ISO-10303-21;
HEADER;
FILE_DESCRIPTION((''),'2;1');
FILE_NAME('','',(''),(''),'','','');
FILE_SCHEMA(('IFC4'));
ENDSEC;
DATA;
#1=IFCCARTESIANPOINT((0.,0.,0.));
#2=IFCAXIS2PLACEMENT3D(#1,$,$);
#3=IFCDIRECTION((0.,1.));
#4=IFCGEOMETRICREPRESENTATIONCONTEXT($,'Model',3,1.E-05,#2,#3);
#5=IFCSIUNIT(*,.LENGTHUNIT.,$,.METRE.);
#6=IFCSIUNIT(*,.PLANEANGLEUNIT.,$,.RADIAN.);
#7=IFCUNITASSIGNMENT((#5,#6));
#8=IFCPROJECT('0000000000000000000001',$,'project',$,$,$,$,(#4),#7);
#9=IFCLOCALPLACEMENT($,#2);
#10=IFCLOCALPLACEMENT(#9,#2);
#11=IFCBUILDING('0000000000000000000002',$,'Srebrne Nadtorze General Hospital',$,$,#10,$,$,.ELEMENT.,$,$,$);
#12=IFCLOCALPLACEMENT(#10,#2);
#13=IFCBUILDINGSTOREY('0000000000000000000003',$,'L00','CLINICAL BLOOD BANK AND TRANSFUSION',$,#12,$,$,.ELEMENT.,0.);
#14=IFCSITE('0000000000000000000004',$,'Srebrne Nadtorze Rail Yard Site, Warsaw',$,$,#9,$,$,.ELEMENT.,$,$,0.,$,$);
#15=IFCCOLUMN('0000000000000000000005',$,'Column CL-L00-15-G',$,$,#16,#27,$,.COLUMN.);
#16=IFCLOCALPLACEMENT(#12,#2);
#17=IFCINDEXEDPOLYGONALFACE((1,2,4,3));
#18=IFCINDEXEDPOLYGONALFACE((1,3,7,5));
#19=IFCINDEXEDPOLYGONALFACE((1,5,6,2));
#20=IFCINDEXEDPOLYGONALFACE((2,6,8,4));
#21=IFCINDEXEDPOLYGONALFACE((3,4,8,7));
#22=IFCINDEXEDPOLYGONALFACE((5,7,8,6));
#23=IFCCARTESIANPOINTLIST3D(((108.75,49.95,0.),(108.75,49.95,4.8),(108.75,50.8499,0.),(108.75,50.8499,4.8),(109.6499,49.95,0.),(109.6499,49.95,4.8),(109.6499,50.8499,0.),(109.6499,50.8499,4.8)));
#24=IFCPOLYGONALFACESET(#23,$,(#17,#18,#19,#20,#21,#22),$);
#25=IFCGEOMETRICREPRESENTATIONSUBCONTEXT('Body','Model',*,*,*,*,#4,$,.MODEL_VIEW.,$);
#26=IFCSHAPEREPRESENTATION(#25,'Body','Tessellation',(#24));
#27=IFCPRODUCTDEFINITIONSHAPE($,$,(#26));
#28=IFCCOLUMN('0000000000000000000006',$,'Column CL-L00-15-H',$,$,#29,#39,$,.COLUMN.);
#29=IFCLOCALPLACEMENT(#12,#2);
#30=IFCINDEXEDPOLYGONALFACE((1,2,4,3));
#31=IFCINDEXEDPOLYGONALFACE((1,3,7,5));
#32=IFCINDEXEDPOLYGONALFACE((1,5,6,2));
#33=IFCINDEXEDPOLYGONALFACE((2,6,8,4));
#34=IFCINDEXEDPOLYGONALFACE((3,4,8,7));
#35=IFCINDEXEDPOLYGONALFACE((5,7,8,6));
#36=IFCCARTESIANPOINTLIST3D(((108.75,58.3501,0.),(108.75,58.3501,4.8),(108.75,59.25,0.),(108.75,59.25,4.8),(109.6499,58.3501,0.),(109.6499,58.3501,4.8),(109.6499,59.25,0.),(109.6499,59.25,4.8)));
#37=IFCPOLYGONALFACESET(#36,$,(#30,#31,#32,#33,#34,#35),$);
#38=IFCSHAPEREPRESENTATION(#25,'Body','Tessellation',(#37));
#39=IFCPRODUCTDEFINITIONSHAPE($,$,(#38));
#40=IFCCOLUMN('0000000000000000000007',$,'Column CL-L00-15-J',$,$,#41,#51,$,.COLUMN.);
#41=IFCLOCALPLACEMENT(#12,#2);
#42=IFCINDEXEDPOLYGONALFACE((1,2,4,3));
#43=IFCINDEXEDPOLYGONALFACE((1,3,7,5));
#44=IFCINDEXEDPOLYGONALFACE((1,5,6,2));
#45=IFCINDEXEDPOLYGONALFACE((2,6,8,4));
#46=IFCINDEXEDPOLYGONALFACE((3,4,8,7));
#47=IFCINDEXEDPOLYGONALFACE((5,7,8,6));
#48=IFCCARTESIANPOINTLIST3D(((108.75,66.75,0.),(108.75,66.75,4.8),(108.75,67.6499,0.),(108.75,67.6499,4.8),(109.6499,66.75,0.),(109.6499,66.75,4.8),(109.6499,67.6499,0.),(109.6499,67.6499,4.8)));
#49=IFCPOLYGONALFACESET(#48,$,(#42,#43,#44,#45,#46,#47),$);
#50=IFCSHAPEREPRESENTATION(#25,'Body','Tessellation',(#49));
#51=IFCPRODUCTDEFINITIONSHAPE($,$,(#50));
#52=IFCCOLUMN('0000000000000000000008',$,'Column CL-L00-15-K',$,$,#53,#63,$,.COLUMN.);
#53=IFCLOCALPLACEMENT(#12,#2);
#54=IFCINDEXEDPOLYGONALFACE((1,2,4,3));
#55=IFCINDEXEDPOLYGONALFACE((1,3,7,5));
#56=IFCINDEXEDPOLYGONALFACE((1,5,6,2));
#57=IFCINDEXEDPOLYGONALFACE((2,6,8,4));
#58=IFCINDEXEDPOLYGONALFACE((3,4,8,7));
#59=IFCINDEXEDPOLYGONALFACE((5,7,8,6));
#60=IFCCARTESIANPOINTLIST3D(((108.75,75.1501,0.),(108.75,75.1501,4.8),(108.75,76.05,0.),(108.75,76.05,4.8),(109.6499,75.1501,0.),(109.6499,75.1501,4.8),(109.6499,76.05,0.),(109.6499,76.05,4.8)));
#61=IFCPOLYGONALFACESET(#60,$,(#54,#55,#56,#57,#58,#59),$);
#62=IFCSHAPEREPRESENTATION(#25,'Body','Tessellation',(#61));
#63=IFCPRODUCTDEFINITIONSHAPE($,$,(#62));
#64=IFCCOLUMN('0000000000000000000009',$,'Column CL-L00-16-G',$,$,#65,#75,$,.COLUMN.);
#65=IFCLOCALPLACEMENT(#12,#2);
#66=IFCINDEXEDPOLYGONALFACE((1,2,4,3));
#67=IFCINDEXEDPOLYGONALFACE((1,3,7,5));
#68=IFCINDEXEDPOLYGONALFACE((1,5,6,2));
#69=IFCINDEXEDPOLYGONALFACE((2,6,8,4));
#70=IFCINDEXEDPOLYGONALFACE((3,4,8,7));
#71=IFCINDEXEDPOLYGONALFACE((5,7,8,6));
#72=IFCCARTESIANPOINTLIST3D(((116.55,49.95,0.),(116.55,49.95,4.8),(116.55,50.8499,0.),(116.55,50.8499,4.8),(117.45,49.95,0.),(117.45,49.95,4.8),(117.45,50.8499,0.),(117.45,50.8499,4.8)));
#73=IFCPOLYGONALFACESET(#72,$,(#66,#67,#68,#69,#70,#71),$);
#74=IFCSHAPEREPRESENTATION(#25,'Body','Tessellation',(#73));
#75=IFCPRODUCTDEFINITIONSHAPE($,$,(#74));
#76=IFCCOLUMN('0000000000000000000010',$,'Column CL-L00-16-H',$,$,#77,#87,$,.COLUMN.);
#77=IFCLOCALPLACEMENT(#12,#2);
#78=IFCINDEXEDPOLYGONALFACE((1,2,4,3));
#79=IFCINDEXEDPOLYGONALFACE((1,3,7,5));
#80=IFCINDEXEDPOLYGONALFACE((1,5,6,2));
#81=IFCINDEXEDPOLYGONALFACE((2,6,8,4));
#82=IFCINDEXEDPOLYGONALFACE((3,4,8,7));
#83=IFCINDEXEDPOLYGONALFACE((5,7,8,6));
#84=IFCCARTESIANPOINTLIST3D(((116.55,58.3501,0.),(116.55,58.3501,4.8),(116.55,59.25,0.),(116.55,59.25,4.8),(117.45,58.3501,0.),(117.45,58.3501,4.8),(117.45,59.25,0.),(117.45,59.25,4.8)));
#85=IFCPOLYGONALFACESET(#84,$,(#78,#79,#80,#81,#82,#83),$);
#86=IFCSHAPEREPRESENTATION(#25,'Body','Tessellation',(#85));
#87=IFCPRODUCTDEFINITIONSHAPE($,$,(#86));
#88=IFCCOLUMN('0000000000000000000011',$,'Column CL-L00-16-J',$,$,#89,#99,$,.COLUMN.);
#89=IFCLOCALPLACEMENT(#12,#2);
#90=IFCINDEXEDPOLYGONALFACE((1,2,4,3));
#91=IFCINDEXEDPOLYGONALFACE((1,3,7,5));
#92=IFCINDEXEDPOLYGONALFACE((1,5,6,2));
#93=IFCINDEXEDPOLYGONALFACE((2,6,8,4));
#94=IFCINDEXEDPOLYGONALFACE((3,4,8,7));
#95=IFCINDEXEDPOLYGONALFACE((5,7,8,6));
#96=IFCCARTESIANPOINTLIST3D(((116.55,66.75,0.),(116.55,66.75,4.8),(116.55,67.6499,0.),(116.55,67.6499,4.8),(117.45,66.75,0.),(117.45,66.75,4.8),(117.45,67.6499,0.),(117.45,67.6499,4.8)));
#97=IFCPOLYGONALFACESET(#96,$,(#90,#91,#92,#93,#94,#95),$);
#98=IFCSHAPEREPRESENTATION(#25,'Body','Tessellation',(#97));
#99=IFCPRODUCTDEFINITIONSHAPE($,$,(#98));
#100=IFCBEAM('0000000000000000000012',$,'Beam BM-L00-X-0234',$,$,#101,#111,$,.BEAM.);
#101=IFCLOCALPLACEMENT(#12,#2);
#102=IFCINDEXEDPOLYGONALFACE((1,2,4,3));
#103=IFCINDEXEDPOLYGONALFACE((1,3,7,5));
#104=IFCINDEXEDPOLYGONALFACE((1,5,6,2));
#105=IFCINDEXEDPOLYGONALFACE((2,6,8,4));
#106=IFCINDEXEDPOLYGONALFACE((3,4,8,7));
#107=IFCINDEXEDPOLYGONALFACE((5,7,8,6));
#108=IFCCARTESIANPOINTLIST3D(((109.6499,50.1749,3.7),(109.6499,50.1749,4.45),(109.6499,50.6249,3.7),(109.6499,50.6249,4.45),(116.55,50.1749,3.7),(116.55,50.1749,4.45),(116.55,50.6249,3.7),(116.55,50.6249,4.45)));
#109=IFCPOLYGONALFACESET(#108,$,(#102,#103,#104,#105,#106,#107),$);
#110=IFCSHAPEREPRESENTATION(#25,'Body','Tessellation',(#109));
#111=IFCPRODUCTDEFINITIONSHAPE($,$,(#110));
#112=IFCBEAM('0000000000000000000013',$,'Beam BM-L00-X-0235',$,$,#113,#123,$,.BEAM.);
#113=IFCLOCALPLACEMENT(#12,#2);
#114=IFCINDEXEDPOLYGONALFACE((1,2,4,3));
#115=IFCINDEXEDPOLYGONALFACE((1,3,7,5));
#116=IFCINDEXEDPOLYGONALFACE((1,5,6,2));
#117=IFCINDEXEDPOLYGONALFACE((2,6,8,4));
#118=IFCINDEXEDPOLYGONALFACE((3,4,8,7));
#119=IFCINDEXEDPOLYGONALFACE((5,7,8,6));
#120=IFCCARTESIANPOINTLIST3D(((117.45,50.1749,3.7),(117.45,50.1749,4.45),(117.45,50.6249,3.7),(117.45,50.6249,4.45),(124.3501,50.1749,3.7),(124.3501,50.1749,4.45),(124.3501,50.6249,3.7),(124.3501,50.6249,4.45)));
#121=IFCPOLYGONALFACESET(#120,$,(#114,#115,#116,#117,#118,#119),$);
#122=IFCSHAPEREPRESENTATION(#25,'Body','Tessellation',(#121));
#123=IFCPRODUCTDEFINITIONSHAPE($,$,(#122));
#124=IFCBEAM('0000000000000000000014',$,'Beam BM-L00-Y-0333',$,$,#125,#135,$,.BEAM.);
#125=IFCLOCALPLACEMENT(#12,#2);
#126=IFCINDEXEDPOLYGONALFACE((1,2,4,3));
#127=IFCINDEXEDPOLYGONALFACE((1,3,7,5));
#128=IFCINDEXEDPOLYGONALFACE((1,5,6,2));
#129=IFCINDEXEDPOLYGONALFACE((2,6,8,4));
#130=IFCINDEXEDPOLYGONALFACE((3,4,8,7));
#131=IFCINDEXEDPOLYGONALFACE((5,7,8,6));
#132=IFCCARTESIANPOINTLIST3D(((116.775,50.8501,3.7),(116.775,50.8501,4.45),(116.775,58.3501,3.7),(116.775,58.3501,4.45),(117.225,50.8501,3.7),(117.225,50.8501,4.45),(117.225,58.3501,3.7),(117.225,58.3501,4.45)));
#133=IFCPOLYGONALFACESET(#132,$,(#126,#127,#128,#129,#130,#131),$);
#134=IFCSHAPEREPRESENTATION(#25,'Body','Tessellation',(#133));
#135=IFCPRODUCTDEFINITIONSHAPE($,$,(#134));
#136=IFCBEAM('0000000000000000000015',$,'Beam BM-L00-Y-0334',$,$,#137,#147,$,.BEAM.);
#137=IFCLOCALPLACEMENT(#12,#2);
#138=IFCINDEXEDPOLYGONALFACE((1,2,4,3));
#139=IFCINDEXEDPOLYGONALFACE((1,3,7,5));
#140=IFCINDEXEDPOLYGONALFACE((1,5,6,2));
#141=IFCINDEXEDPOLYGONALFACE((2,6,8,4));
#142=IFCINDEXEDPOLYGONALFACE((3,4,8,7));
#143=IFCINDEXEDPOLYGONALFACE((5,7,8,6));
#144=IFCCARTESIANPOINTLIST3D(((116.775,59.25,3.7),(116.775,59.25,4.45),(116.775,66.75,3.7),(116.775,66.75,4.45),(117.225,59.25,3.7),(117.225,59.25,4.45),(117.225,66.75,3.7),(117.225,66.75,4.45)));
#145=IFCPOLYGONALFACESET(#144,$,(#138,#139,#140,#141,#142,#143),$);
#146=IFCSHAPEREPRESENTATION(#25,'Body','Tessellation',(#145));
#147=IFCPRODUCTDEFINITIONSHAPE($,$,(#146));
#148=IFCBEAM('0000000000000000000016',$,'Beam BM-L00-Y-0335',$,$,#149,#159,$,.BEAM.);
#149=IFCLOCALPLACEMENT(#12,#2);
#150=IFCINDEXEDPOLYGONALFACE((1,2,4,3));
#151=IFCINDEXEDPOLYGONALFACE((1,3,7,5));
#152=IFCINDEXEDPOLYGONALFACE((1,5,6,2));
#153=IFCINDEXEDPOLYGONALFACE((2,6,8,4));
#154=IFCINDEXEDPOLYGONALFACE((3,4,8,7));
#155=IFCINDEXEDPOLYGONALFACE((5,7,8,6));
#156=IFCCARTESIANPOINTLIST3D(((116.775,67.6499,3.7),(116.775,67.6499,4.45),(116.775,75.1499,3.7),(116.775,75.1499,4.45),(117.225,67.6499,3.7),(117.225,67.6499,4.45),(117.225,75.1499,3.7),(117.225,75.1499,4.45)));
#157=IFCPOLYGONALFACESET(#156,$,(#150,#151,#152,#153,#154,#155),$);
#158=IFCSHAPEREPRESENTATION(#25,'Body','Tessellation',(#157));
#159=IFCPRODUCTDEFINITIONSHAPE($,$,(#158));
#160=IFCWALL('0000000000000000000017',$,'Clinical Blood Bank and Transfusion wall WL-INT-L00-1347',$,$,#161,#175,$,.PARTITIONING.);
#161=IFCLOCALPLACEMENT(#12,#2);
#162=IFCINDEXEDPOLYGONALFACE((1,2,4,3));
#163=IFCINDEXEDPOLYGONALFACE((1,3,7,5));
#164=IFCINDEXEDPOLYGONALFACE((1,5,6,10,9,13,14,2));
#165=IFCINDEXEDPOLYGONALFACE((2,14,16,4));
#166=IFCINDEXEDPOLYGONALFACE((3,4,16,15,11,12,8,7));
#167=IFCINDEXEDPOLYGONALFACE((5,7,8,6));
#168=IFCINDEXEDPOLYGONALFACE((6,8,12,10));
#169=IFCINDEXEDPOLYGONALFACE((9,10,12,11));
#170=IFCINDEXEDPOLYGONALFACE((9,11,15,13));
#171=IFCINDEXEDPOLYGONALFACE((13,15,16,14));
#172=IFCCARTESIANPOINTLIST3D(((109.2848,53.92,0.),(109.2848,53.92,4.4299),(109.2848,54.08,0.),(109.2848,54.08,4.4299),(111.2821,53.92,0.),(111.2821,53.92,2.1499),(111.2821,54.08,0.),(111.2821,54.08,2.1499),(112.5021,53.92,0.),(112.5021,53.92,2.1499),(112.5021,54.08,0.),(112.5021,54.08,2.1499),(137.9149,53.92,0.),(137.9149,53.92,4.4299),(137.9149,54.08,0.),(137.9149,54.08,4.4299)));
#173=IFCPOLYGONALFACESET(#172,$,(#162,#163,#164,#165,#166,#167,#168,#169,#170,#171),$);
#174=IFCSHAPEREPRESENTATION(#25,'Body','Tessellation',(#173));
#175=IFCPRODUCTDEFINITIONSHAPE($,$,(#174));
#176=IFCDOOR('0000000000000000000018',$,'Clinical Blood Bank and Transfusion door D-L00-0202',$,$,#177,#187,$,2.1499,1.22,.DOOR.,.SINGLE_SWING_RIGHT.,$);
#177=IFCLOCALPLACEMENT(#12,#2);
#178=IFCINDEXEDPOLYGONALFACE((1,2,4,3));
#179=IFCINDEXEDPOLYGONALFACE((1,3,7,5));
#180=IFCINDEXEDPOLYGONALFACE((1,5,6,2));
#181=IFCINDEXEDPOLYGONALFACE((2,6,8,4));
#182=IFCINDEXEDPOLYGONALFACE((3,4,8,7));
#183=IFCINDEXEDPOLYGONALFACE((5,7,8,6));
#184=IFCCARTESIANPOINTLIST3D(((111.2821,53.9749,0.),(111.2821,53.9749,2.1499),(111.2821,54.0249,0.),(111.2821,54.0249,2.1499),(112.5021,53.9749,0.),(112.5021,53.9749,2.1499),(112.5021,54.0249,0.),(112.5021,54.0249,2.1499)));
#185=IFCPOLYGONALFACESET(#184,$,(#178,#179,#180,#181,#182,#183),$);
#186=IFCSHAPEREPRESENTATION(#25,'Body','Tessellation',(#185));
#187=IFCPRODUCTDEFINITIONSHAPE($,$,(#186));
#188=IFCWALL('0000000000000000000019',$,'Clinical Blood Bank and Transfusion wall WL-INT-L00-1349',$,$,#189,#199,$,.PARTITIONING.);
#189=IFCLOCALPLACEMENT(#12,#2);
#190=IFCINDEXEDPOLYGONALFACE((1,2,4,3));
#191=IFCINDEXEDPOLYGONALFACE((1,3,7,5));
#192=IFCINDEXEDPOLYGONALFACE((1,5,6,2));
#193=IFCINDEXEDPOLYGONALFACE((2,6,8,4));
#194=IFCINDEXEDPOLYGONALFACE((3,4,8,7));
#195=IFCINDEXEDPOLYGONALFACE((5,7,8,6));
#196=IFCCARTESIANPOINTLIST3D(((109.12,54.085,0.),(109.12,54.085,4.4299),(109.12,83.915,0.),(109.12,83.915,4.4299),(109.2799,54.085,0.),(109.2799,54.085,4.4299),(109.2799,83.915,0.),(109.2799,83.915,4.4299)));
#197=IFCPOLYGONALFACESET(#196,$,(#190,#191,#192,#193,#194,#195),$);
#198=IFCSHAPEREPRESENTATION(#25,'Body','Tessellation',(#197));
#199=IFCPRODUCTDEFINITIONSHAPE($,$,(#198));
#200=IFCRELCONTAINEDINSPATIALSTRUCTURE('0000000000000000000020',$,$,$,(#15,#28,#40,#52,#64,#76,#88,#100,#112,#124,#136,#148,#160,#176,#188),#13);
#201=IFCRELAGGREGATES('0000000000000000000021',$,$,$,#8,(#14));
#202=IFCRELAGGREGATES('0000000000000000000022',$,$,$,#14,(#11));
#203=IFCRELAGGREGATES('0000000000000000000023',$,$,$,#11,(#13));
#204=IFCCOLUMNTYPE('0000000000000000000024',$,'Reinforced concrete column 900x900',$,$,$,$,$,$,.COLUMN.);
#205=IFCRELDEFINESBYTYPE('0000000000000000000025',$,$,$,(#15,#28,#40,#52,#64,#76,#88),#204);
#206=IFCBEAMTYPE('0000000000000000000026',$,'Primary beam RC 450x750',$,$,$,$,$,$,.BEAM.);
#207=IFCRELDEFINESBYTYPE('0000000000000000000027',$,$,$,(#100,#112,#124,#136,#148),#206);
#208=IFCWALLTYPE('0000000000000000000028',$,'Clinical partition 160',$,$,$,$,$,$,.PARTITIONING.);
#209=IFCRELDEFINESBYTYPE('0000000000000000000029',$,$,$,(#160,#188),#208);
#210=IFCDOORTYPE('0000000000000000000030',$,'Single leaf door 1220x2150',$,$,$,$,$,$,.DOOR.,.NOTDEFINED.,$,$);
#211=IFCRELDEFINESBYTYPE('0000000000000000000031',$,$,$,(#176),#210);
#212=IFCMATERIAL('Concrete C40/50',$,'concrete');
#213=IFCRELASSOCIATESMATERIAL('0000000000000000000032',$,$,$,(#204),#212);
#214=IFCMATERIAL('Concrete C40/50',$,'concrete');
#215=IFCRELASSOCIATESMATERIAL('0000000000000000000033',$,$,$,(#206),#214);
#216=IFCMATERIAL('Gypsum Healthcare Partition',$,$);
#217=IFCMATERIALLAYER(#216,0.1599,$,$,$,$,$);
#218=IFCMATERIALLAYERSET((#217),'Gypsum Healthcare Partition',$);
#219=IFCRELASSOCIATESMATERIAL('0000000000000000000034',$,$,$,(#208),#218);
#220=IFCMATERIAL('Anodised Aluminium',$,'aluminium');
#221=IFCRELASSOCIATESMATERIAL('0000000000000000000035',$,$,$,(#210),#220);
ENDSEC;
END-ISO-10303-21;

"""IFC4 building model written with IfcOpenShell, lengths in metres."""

from ifc_helpers import new_model, si_unit, direction, frame, frame_2d, origin, origin_2d, place, context, subcontext, project, spatial, rectangle, extrude, material, layer, layer_set, material_profile, profile_set, type_object, element, fill, save


model = new_model("IFC4")

# Units and contexts
model_context = context("Model", 3, precision=1e-05, world=origin(), true_north=direction((0.0, 1.0)))
body_context = subcontext(model_context, "Body", "Model", "MODEL_VIEW")
ifc_project = project(units=[si_unit("LENGTHUNIT", "METRE"), si_unit("PLANEANGLEUNIT", "RADIAN")], contexts=[model_context])

# Site, building, storey
site_placement = place(None, origin())
site = spatial("IfcSite", under=ifc_project, at=site_placement, Name="Srebrne Nadtorze Rail Yard Site, Warsaw", CompositionType="ELEMENT", RefElevation=0.0)
building_placement = place(site_placement, origin())
building = spatial("IfcBuilding", under=site, at=building_placement, Name="Srebrne Nadtorze General Hospital", CompositionType="ELEMENT")
storey_placement = place(building_placement, origin())
storey = spatial("IfcBuildingStorey", under=building, at=storey_placement, Name="L00", Description="CLINICAL BLOOD BANK AND TRANSFUSION", CompositionType="ELEMENT", Elevation=0.0)

# Columns
ifc_material_1 = material(Name="Concrete C40/50", Category="concrete")
ifc_material_profile_1 = material_profile(ifc_material_1, rectangle(XDim=0.8999, YDim=0.8999, at=origin_2d()), Name="RC-COL-900x900")
ifc_profile_set_1 = profile_set([ifc_material_profile_1], Name="Concrete C40/50")
column_type = type_object("IfcColumnType", Name="Reinforced concrete column 900x900", PredefinedType="COLUMN", material=ifc_profile_set_1)
for number, where, z_axis, x_axis, name in (
    (1, (109.2, 50.3999, 0.0), (0.0, 0.0, 1.0), (1.0, 0.0, 0.0), "Column CL-L00-15-G"),
    (2, (109.2, 58.8, 0.0), (0.0, 0.0, 1.0), (1.0, 0.0, 0.0), "Column CL-L00-15-H"),
    (3, (109.2, 67.2, 0.0), (0.0, 0.0, 1.0), (1.0, 0.0, 0.0), "Column CL-L00-15-J"),
    (4, (109.2, 75.6001, 0.0), (0.0, 0.0, 1.0), (1.0, 0.0, 0.0), "Column CL-L00-15-K"),
    (5, (117.0, 50.3999, 0.0), (0.0, 0.0, 1.0), (1.0, 0.0, 0.0), "Column CL-L00-16-G"),
    (6, (117.0, 58.8, 0.0), (0.0, 0.0, 1.0), (1.0, 0.0, 0.0), "Column CL-L00-16-H"),
    (7, (117.0, 67.2, 0.0), (0.0, 0.0, 1.0), (1.0, 0.0, 0.0), "Column CL-L00-16-J"),
):
    element("IfcColumn", number, at=place(storey_placement, frame(where, z_axis=z_axis, x_axis=x_axis)), inside=storey, type_object=column_type, Name=name, PredefinedType="COLUMN", context=body_context, shape_type="SweptSolid", body=[
        extrude(rectangle(XDim=0.8999, YDim=0.8999, at=origin_2d()), origin(), (0.0, 0.0, 1.0), 4.8),
    ])

# Beams
ifc_material_2 = material(Name="Concrete C40/50", Category="concrete")
ifc_material_profile_2 = material_profile(ifc_material_2, rectangle(XDim=0.45, YDim=0.75, at=origin_2d()), Name="RC-BM-450x750")
ifc_profile_set_2 = profile_set([ifc_material_profile_2], Name="Concrete C40/50")
beam_type = type_object("IfcBeamType", Name="Primary beam RC 450x750", PredefinedType="BEAM", material=ifc_profile_set_2)
for number, where, z_axis, x_axis, name in (
    (8, (109.6499, 50.3999, 4.075), (1.0, 0.0, 0.0), (0.0, 1.0, 0.0), "Beam BM-L00-X-0234"),
    (9, (117.45, 50.3999, 4.075), (1.0, 0.0, 0.0), (0.0, 1.0, 0.0), "Beam BM-L00-X-0235"),
):
    element("IfcBeam", number, at=place(storey_placement, frame(where, z_axis=z_axis, x_axis=x_axis)), inside=storey, type_object=beam_type, Name=name, PredefinedType="BEAM", context=body_context, shape_type="SweptSolid", body=[
        extrude(rectangle(XDim=0.45, YDim=0.75, at=origin_2d()), origin(), (0.0, 0.0, 1.0), 6.9001),
    ])
for number, where, z_axis, x_axis, name in (
    (10, (117.0, 50.8501, 4.075), (0.0, 1.0, 0.0), (-1.0, 0.0, 0.0), "Beam BM-L00-Y-0333"),
    (11, (117.0, 59.25, 4.075), (0.0, 1.0, 0.0), (-1.0, 0.0, 0.0), "Beam BM-L00-Y-0334"),
    (12, (117.0, 67.6499, 4.075), (0.0, 1.0, 0.0), (-1.0, 0.0, 0.0), "Beam BM-L00-Y-0335"),
):
    element("IfcBeam", number, at=place(storey_placement, frame(where, z_axis=z_axis, x_axis=x_axis)), inside=storey, type_object=beam_type, Name=name, PredefinedType="BEAM", context=body_context, shape_type="SweptSolid", body=[
        extrude(rectangle(XDim=0.45, YDim=0.75, at=origin_2d()), origin(), (0.0, 0.0, 1.0), 7.5),
    ])

# Wall, opening, door
ifc_material_3 = material(Name="Gypsum Healthcare Partition")
ifc_layer_1 = layer(ifc_material_3, 0.1599)
ifc_layer_set_1 = layer_set([ifc_layer_1], Name="Gypsum Healthcare Partition")
wall_type_1 = type_object("IfcWallType", Name="Clinical partition 160", PredefinedType="PARTITIONING", material=ifc_layer_set_1)
wall_1_placement = place(storey_placement, frame((109.2849, 54.0, 0.0), z_axis=(0.0, 0.0, 1.0), x_axis=(1.0, 0.0, 0.0)))
wall_1 = element("IfcWall", 13, at=wall_1_placement, inside=storey, type_object=wall_type_1, Name="Clinical Blood Bank and Transfusion wall WL-INT-L00-1347", PredefinedType="PARTITIONING", context=body_context, shape_type="SweptSolid", body=[
    extrude(rectangle(XDim=28.6301, YDim=0.1599, at=frame_2d((14.3149, 0.0))), origin(), (0.0, 0.0, 1.0), 4.4299),
])
opening_1_placement = place(wall_1_placement, frame((1.9973, 0.0, 0.0)))
opening_1 = element("IfcOpeningElement", 14, at=opening_1_placement, cuts=wall_1, PredefinedType="OPENING", context=body_context, shape_type="SweptSolid", body=[
    extrude(rectangle(XDim=1.22, YDim=2.1499, at=frame_2d((0.6099, 1.075))), frame((0.0, 0.0918, 0.0), z_axis=(0.0, -1.0, 0.0), x_axis=(1.0, 0.0, 0.0)), (0.0, 0.0, 1.0), 0.1838),
])
ifc_material_4 = material(Name="Anodised Aluminium", Category="aluminium")
door_type_1 = type_object("IfcDoorType", Name="Single leaf door 1220x2150", OperationType="NOTDEFINED", PredefinedType="DOOR", material=ifc_material_4)
door_1_placement = place(opening_1_placement, origin())
door_1 = element("IfcDoor", 15, at=door_1_placement, inside=storey, type_object=door_type_1, Name="Clinical Blood Bank and Transfusion door D-L00-0202", OperationType="SINGLE_SWING_RIGHT", OverallHeight=2.1499, OverallWidth=1.22, PredefinedType="DOOR", context=body_context, shape_type="SweptSolid", body=[
    extrude(rectangle(XDim=1.22, YDim=2.1499, at=frame_2d((0.6099, 1.075))), frame((0.0, 0.0249, 0.0), z_axis=(0.0, -1.0, 0.0), x_axis=(1.0, 0.0, 0.0)), (0.0, 0.0, 1.0), 0.05),
])
fill(opening_1, door_1)

# Wall
wall_2_placement = place(storey_placement, frame((109.2, 54.085, 0.0), z_axis=(0.0, 0.0, 1.0), x_axis=(0.0, 1.0, 0.0)))
element("IfcWall", 16, at=wall_2_placement, inside=storey, type_object=wall_type_1, Name="Clinical Blood Bank and Transfusion wall WL-INT-L00-1349", PredefinedType="PARTITIONING", context=body_context, shape_type="SweptSolid", body=[
    extrude(rectangle(XDim=29.8301, YDim=0.1599, at=frame_2d((14.915, 0.0))), origin(), (0.0, 0.0, 1.0), 4.4299),
])

save(model, "model.ifc")
